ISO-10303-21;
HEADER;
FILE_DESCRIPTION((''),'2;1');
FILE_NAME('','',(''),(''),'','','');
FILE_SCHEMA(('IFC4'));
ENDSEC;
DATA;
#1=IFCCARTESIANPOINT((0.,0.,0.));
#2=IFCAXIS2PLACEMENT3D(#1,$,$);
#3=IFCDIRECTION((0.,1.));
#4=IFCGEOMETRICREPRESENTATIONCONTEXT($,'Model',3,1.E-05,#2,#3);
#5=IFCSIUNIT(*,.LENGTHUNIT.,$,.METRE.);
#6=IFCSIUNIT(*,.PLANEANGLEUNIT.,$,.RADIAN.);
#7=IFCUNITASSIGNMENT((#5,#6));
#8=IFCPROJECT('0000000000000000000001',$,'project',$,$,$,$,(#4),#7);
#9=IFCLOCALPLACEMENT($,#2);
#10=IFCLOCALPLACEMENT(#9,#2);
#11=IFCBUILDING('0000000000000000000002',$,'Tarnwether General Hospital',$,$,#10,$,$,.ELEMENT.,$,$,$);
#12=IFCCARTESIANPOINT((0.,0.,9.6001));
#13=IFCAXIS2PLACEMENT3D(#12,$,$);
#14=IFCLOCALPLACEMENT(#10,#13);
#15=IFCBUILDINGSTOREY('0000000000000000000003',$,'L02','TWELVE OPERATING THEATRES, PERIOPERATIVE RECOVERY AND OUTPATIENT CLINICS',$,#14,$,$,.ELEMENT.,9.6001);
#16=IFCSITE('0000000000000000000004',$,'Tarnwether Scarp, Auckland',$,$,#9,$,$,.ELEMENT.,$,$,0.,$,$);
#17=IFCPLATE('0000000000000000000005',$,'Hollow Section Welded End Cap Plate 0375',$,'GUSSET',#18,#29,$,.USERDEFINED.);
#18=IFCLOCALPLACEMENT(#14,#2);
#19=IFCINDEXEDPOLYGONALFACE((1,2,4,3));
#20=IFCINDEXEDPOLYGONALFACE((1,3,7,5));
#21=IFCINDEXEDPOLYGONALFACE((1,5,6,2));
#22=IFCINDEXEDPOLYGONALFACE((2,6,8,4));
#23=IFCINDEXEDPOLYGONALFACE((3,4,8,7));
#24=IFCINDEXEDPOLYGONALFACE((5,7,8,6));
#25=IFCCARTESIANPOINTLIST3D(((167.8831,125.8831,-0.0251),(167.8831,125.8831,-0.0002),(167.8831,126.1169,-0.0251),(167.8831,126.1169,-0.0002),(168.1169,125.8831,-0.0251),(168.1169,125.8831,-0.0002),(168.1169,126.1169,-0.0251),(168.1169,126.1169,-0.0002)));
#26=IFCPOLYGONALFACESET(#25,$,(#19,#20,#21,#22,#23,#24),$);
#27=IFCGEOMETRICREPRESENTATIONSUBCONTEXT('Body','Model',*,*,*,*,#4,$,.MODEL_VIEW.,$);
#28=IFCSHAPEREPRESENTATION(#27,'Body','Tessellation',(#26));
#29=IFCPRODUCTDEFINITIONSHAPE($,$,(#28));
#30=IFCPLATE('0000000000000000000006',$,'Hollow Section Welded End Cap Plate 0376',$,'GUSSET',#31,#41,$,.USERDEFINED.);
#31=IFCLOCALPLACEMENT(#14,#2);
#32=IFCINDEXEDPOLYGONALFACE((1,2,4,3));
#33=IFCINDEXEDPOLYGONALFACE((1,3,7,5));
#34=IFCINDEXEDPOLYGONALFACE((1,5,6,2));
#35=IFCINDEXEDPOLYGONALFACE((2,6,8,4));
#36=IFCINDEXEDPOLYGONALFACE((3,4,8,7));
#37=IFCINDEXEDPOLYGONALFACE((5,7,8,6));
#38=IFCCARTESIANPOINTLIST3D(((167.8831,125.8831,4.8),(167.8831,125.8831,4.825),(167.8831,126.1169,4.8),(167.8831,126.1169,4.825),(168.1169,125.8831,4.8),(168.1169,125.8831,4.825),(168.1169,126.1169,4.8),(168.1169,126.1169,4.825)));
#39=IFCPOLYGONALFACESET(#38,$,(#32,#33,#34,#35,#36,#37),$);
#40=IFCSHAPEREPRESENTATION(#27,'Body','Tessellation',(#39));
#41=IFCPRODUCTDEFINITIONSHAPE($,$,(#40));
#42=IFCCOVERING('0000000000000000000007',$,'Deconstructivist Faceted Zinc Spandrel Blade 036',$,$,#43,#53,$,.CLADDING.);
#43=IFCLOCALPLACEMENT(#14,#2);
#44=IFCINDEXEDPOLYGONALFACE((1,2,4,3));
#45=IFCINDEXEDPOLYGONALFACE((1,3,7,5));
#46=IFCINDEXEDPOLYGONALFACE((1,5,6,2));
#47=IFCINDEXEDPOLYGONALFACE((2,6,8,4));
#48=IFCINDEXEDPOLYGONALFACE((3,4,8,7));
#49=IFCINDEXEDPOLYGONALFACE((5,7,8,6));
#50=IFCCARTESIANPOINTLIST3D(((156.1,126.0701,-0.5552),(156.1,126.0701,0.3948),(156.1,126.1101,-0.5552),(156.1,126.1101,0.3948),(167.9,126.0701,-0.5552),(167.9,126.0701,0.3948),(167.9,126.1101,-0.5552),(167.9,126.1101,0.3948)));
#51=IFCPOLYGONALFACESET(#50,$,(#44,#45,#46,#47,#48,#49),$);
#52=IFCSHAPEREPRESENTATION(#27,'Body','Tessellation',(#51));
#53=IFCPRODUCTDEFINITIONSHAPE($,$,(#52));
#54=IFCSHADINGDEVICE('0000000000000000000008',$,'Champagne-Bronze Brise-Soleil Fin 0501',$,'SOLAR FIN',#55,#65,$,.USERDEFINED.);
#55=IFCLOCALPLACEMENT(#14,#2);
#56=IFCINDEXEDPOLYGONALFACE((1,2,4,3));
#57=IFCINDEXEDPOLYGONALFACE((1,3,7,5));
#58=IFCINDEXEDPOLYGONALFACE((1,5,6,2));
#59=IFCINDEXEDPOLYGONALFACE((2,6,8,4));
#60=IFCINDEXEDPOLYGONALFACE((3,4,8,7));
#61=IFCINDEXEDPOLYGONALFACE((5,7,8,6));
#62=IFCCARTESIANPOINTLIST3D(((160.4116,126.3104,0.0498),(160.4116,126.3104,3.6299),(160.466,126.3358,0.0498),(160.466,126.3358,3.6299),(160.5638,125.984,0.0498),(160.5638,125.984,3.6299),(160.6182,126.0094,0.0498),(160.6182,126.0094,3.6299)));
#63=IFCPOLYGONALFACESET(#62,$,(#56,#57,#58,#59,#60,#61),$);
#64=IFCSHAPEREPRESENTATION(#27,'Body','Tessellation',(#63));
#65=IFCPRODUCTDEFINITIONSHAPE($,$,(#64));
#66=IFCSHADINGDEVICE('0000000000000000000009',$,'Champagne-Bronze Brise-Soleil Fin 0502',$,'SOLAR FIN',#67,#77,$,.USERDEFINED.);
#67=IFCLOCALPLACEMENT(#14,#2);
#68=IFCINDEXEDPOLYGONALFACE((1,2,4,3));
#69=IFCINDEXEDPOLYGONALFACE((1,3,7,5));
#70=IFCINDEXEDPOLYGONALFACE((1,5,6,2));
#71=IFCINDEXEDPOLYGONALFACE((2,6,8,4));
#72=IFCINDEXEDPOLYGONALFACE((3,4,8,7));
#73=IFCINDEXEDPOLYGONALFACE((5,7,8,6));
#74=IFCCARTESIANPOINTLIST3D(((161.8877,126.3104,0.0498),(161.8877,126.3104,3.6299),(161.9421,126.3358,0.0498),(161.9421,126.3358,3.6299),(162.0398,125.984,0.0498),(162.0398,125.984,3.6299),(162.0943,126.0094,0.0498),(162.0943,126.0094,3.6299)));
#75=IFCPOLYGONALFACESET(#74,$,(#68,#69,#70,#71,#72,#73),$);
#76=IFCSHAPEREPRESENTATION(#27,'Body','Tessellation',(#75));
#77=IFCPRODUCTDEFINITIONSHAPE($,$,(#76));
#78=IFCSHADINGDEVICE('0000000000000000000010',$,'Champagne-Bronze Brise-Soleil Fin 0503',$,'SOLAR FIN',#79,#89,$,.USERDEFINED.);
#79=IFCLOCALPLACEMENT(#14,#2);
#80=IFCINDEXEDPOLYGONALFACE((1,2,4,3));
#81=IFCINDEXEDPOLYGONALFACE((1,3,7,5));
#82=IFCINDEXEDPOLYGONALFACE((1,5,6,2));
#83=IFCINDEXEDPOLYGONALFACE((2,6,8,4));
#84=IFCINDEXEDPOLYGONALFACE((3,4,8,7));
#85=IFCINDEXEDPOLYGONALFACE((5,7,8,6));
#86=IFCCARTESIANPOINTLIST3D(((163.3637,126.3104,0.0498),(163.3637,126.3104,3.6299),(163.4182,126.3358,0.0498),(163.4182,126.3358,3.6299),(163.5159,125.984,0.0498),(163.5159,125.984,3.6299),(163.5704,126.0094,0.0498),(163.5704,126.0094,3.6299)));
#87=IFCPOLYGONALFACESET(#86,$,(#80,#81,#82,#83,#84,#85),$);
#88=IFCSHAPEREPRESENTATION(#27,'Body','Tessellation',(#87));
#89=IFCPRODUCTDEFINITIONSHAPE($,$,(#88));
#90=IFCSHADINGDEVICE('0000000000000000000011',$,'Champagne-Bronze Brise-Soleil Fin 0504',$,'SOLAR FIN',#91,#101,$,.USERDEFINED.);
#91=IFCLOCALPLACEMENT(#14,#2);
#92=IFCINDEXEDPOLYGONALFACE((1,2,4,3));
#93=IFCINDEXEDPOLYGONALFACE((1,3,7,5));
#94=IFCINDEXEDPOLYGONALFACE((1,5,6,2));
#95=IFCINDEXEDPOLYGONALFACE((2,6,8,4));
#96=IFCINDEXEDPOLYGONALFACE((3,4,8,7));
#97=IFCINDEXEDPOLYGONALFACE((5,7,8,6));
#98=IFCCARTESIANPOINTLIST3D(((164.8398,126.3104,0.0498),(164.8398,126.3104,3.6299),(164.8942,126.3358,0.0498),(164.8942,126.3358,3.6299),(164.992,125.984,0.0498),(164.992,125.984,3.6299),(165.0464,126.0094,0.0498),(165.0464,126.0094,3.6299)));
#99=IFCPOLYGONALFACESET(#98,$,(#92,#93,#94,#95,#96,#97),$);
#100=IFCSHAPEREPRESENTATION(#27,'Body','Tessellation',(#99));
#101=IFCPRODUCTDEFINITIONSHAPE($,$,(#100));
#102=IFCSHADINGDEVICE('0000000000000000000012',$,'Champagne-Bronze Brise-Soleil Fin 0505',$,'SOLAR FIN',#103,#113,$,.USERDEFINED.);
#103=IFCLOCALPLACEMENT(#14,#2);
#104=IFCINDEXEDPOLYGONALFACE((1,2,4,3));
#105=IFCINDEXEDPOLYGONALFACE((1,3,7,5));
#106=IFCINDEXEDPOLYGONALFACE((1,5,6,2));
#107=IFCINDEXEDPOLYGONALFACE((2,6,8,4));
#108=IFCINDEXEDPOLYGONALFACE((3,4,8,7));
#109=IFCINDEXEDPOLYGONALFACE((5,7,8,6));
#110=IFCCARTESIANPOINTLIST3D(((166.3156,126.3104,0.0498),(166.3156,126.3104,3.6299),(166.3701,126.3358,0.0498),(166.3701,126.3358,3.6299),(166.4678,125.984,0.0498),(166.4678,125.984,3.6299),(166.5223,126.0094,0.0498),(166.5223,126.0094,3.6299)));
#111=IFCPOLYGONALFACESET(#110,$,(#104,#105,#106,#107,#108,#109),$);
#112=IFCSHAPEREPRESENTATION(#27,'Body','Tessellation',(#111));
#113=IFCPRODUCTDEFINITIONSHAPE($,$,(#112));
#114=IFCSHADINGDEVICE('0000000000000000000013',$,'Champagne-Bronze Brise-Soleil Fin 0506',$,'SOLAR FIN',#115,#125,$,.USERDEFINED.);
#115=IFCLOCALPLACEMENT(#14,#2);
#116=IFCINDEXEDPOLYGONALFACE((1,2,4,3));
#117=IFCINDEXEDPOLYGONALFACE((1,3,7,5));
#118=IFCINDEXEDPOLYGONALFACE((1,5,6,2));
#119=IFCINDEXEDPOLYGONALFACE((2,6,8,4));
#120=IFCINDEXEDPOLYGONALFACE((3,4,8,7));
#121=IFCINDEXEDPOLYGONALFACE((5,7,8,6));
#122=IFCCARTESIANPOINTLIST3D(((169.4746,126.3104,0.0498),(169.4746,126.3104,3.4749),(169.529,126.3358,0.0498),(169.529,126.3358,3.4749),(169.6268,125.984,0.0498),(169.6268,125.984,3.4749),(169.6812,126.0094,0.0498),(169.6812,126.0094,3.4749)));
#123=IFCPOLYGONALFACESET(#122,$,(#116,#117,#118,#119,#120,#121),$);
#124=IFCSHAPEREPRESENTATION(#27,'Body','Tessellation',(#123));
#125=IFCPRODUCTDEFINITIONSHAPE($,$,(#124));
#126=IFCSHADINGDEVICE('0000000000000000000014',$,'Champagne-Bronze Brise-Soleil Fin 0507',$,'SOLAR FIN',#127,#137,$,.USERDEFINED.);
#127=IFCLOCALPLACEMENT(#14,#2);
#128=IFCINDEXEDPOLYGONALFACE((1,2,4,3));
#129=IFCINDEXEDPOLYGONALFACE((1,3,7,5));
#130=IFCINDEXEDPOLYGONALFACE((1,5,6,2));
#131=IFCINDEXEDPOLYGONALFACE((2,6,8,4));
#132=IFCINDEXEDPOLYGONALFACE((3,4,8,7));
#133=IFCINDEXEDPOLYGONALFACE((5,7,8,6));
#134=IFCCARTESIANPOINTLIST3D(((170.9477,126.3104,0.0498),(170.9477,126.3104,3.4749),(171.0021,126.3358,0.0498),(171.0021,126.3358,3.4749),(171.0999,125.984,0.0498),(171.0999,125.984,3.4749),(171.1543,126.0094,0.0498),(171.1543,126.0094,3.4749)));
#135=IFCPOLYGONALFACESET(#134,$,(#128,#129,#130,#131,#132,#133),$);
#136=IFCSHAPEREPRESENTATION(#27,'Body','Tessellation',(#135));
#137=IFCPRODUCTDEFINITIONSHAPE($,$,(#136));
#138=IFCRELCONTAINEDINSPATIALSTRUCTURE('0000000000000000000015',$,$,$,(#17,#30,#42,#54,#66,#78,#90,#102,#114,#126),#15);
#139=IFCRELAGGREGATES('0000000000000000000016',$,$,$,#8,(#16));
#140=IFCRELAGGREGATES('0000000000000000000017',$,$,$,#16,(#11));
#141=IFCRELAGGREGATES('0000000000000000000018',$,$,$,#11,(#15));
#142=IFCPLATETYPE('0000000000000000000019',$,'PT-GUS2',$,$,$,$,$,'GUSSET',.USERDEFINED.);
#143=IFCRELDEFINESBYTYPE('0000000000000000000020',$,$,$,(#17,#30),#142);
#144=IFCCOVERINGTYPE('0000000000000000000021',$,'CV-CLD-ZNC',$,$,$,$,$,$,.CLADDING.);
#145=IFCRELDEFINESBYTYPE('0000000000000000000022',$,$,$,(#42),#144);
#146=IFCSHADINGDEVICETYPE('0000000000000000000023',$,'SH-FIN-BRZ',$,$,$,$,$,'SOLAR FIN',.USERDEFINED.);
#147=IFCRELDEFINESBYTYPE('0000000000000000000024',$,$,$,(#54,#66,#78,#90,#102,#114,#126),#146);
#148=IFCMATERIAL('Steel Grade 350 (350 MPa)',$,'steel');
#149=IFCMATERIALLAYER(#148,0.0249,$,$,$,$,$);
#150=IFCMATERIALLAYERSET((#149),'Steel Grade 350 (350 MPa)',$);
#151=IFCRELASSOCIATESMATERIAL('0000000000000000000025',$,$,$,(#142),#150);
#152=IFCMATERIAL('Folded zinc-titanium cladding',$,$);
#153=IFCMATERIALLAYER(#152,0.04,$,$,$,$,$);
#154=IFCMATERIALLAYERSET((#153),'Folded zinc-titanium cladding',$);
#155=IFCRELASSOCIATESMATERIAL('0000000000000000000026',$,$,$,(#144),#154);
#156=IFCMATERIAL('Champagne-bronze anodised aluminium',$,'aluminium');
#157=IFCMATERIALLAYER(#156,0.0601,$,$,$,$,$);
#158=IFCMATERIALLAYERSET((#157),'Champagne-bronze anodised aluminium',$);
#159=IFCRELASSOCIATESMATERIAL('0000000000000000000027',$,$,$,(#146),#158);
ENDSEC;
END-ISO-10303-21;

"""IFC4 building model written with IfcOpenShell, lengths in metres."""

from ifc_helpers import new_model, si_unit, direction, frame, origin, origin_2d, place, context, subcontext, project, spatial, rectangle, extrude, material, layer, layer_set, type_object, element, save


model = new_model("IFC4")

# Units and contexts
model_context = context("Model", 3, precision=1e-05, world=origin(), true_north=direction((0.0, 1.0)))
body_context = subcontext(model_context, "Body", "Model", "MODEL_VIEW")
ifc_project = project(units=[si_unit("LENGTHUNIT", "METRE"), si_unit("PLANEANGLEUNIT", "RADIAN")], contexts=[model_context])

# Site, building, storey
site_placement = place(None, origin())
site = spatial("IfcSite", under=ifc_project, at=site_placement, Name="Tarnwether Scarp, Auckland", CompositionType="ELEMENT", RefElevation=0.0)
building_placement = place(site_placement, origin())
building = spatial("IfcBuilding", under=site, at=building_placement, Name="Tarnwether General Hospital", CompositionType="ELEMENT")
storey_placement = place(building_placement, frame((0.0, 0.0, 9.6001)))
storey = spatial("IfcBuildingStorey", under=building, at=storey_placement, Name="L02", Description="TWELVE OPERATING THEATRES, PERIOPERATIVE RECOVERY AND OUTPATIENT CLINICS", CompositionType="ELEMENT", Elevation=9.6001)

# Plates
ifc_material_1 = material(Name="Steel Grade 350 (350 MPa)", Category="steel")
ifc_layer_1 = layer(ifc_material_1, 0.0249)
ifc_layer_set_1 = layer_set([ifc_layer_1], Name="Steel Grade 350 (350 MPa)")
plate_type_1 = type_object("IfcPlateType", Name="PT-GUS2", ElementType="GUSSET", PredefinedType="USERDEFINED", material=ifc_layer_set_1)
for number, where, z_axis, x_axis, name in (
    (1, (168.0, 126.0, -0.0251), (0.0, 0.0, 1.0), (1.0, 0.0, 0.0), "Hollow Section Welded End Cap Plate 0375"),
    (2, (168.0, 126.0, 4.8), (0.0, 0.0, 1.0), (1.0, 0.0, 0.0), "Hollow Section Welded End Cap Plate 0376"),
):
    element("IfcPlate", number, at=place(storey_placement, frame(where, z_axis=z_axis, x_axis=x_axis)), inside=storey, type_object=plate_type_1, Name=name, ObjectType="GUSSET", PredefinedType="USERDEFINED", context=body_context, shape_type="SweptSolid", body=[
        extrude(rectangle(XDim=0.2339, YDim=0.2339, at=origin_2d()), origin(), (0.0, 0.0, 1.0), 0.0249),
    ])

# Covering
ifc_material_2 = material(Name="Folded zinc-titanium cladding")
ifc_layer_2 = layer(ifc_material_2, 0.04)
ifc_layer_set_2 = layer_set([ifc_layer_2], Name="Folded zinc-titanium cladding")
covering_type = type_object("IfcCoveringType", Name="CV-CLD-ZNC", PredefinedType="CLADDING", material=ifc_layer_set_2)
covering_placement = place(storey_placement, frame((162.0, 126.0901, -0.5552), z_axis=(0.0, 0.0, 1.0), x_axis=(1.0, 0.0, 0.0)))
element("IfcCovering", 3, at=covering_placement, inside=storey, type_object=covering_type, Name="Deconstructivist Faceted Zinc Spandrel Blade 036", PredefinedType="CLADDING", context=body_context, shape_type="SweptSolid", body=[
    extrude(rectangle(XDim=11.8, YDim=0.04, at=origin_2d()), origin(), (0.0, 0.0, 1.0), 0.95),
])

# Shading devices
ifc_material_3 = material(Name="Champagne-bronze anodised aluminium", Category="aluminium")
ifc_layer_3 = layer(ifc_material_3, 0.0601)
ifc_layer_set_3 = layer_set([ifc_layer_3], Name="Champagne-bronze anodised aluminium")
shading_device_type = type_object("IfcShadingDeviceType", Name="SH-FIN-BRZ", ElementType="SOLAR FIN", PredefinedType="USERDEFINED", material=ifc_layer_set_3)
for number, where, z_axis, x_axis, name in (
    (4, (160.5149, 126.1599, 0.0498), (0.0, 0.0, 1.0), (0.906308, 0.422618, 0.0), "Champagne-Bronze Brise-Soleil Fin 0501"),
    (5, (161.991, 126.1599, 0.0498), (0.0, 0.0, 1.0), (0.906308, 0.422618, 0.0), "Champagne-Bronze Brise-Soleil Fin 0502"),
    (6, (163.467, 126.1599, 0.0498), (0.0, 0.0, 1.0), (0.906308, 0.422618, 0.0), "Champagne-Bronze Brise-Soleil Fin 0503"),
    (7, (164.9431, 126.1599, 0.0498), (0.0, 0.0, 1.0), (0.906308, 0.422618, 0.0), "Champagne-Bronze Brise-Soleil Fin 0504"),
    (8, (166.4189, 126.1599, 0.0498), (0.0, 0.0, 1.0), (0.906308, 0.422618, 0.0), "Champagne-Bronze Brise-Soleil Fin 0505"),
):
    element("IfcShadingDevice", number, at=place(storey_placement, frame(where, z_axis=z_axis, x_axis=x_axis)), inside=storey, type_object=shading_device_type, Name=name, ObjectType="SOLAR FIN", PredefinedType="USERDEFINED", context=body_context, shape_type="SweptSolid", body=[
        extrude(rectangle(XDim=0.0601, YDim=0.3601, at=origin_2d()), origin(), (0.0, 0.0, 1.0), 3.5801),
    ])
for number, where, z_axis, x_axis, name in (
    (9, (169.5779, 126.1599, 0.0498), (0.0, 0.0, 1.0), (0.906308, 0.422618, 0.0), "Champagne-Bronze Brise-Soleil Fin 0506"),
    (10, (171.051, 126.1599, 0.0498), (0.0, 0.0, 1.0), (0.906308, 0.422618, 0.0), "Champagne-Bronze Brise-Soleil Fin 0507"),
):
    element("IfcShadingDevice", number, at=place(storey_placement, frame(where, z_axis=z_axis, x_axis=x_axis)), inside=storey, type_object=shading_device_type, Name=name, ObjectType="SOLAR FIN", PredefinedType="USERDEFINED", context=body_context, shape_type="SweptSolid", body=[
        extrude(rectangle(XDim=0.0601, YDim=0.3601, at=origin_2d()), origin(), (0.0, 0.0, 1.0), 3.425),
    ])

save(model, "model.ifc")
